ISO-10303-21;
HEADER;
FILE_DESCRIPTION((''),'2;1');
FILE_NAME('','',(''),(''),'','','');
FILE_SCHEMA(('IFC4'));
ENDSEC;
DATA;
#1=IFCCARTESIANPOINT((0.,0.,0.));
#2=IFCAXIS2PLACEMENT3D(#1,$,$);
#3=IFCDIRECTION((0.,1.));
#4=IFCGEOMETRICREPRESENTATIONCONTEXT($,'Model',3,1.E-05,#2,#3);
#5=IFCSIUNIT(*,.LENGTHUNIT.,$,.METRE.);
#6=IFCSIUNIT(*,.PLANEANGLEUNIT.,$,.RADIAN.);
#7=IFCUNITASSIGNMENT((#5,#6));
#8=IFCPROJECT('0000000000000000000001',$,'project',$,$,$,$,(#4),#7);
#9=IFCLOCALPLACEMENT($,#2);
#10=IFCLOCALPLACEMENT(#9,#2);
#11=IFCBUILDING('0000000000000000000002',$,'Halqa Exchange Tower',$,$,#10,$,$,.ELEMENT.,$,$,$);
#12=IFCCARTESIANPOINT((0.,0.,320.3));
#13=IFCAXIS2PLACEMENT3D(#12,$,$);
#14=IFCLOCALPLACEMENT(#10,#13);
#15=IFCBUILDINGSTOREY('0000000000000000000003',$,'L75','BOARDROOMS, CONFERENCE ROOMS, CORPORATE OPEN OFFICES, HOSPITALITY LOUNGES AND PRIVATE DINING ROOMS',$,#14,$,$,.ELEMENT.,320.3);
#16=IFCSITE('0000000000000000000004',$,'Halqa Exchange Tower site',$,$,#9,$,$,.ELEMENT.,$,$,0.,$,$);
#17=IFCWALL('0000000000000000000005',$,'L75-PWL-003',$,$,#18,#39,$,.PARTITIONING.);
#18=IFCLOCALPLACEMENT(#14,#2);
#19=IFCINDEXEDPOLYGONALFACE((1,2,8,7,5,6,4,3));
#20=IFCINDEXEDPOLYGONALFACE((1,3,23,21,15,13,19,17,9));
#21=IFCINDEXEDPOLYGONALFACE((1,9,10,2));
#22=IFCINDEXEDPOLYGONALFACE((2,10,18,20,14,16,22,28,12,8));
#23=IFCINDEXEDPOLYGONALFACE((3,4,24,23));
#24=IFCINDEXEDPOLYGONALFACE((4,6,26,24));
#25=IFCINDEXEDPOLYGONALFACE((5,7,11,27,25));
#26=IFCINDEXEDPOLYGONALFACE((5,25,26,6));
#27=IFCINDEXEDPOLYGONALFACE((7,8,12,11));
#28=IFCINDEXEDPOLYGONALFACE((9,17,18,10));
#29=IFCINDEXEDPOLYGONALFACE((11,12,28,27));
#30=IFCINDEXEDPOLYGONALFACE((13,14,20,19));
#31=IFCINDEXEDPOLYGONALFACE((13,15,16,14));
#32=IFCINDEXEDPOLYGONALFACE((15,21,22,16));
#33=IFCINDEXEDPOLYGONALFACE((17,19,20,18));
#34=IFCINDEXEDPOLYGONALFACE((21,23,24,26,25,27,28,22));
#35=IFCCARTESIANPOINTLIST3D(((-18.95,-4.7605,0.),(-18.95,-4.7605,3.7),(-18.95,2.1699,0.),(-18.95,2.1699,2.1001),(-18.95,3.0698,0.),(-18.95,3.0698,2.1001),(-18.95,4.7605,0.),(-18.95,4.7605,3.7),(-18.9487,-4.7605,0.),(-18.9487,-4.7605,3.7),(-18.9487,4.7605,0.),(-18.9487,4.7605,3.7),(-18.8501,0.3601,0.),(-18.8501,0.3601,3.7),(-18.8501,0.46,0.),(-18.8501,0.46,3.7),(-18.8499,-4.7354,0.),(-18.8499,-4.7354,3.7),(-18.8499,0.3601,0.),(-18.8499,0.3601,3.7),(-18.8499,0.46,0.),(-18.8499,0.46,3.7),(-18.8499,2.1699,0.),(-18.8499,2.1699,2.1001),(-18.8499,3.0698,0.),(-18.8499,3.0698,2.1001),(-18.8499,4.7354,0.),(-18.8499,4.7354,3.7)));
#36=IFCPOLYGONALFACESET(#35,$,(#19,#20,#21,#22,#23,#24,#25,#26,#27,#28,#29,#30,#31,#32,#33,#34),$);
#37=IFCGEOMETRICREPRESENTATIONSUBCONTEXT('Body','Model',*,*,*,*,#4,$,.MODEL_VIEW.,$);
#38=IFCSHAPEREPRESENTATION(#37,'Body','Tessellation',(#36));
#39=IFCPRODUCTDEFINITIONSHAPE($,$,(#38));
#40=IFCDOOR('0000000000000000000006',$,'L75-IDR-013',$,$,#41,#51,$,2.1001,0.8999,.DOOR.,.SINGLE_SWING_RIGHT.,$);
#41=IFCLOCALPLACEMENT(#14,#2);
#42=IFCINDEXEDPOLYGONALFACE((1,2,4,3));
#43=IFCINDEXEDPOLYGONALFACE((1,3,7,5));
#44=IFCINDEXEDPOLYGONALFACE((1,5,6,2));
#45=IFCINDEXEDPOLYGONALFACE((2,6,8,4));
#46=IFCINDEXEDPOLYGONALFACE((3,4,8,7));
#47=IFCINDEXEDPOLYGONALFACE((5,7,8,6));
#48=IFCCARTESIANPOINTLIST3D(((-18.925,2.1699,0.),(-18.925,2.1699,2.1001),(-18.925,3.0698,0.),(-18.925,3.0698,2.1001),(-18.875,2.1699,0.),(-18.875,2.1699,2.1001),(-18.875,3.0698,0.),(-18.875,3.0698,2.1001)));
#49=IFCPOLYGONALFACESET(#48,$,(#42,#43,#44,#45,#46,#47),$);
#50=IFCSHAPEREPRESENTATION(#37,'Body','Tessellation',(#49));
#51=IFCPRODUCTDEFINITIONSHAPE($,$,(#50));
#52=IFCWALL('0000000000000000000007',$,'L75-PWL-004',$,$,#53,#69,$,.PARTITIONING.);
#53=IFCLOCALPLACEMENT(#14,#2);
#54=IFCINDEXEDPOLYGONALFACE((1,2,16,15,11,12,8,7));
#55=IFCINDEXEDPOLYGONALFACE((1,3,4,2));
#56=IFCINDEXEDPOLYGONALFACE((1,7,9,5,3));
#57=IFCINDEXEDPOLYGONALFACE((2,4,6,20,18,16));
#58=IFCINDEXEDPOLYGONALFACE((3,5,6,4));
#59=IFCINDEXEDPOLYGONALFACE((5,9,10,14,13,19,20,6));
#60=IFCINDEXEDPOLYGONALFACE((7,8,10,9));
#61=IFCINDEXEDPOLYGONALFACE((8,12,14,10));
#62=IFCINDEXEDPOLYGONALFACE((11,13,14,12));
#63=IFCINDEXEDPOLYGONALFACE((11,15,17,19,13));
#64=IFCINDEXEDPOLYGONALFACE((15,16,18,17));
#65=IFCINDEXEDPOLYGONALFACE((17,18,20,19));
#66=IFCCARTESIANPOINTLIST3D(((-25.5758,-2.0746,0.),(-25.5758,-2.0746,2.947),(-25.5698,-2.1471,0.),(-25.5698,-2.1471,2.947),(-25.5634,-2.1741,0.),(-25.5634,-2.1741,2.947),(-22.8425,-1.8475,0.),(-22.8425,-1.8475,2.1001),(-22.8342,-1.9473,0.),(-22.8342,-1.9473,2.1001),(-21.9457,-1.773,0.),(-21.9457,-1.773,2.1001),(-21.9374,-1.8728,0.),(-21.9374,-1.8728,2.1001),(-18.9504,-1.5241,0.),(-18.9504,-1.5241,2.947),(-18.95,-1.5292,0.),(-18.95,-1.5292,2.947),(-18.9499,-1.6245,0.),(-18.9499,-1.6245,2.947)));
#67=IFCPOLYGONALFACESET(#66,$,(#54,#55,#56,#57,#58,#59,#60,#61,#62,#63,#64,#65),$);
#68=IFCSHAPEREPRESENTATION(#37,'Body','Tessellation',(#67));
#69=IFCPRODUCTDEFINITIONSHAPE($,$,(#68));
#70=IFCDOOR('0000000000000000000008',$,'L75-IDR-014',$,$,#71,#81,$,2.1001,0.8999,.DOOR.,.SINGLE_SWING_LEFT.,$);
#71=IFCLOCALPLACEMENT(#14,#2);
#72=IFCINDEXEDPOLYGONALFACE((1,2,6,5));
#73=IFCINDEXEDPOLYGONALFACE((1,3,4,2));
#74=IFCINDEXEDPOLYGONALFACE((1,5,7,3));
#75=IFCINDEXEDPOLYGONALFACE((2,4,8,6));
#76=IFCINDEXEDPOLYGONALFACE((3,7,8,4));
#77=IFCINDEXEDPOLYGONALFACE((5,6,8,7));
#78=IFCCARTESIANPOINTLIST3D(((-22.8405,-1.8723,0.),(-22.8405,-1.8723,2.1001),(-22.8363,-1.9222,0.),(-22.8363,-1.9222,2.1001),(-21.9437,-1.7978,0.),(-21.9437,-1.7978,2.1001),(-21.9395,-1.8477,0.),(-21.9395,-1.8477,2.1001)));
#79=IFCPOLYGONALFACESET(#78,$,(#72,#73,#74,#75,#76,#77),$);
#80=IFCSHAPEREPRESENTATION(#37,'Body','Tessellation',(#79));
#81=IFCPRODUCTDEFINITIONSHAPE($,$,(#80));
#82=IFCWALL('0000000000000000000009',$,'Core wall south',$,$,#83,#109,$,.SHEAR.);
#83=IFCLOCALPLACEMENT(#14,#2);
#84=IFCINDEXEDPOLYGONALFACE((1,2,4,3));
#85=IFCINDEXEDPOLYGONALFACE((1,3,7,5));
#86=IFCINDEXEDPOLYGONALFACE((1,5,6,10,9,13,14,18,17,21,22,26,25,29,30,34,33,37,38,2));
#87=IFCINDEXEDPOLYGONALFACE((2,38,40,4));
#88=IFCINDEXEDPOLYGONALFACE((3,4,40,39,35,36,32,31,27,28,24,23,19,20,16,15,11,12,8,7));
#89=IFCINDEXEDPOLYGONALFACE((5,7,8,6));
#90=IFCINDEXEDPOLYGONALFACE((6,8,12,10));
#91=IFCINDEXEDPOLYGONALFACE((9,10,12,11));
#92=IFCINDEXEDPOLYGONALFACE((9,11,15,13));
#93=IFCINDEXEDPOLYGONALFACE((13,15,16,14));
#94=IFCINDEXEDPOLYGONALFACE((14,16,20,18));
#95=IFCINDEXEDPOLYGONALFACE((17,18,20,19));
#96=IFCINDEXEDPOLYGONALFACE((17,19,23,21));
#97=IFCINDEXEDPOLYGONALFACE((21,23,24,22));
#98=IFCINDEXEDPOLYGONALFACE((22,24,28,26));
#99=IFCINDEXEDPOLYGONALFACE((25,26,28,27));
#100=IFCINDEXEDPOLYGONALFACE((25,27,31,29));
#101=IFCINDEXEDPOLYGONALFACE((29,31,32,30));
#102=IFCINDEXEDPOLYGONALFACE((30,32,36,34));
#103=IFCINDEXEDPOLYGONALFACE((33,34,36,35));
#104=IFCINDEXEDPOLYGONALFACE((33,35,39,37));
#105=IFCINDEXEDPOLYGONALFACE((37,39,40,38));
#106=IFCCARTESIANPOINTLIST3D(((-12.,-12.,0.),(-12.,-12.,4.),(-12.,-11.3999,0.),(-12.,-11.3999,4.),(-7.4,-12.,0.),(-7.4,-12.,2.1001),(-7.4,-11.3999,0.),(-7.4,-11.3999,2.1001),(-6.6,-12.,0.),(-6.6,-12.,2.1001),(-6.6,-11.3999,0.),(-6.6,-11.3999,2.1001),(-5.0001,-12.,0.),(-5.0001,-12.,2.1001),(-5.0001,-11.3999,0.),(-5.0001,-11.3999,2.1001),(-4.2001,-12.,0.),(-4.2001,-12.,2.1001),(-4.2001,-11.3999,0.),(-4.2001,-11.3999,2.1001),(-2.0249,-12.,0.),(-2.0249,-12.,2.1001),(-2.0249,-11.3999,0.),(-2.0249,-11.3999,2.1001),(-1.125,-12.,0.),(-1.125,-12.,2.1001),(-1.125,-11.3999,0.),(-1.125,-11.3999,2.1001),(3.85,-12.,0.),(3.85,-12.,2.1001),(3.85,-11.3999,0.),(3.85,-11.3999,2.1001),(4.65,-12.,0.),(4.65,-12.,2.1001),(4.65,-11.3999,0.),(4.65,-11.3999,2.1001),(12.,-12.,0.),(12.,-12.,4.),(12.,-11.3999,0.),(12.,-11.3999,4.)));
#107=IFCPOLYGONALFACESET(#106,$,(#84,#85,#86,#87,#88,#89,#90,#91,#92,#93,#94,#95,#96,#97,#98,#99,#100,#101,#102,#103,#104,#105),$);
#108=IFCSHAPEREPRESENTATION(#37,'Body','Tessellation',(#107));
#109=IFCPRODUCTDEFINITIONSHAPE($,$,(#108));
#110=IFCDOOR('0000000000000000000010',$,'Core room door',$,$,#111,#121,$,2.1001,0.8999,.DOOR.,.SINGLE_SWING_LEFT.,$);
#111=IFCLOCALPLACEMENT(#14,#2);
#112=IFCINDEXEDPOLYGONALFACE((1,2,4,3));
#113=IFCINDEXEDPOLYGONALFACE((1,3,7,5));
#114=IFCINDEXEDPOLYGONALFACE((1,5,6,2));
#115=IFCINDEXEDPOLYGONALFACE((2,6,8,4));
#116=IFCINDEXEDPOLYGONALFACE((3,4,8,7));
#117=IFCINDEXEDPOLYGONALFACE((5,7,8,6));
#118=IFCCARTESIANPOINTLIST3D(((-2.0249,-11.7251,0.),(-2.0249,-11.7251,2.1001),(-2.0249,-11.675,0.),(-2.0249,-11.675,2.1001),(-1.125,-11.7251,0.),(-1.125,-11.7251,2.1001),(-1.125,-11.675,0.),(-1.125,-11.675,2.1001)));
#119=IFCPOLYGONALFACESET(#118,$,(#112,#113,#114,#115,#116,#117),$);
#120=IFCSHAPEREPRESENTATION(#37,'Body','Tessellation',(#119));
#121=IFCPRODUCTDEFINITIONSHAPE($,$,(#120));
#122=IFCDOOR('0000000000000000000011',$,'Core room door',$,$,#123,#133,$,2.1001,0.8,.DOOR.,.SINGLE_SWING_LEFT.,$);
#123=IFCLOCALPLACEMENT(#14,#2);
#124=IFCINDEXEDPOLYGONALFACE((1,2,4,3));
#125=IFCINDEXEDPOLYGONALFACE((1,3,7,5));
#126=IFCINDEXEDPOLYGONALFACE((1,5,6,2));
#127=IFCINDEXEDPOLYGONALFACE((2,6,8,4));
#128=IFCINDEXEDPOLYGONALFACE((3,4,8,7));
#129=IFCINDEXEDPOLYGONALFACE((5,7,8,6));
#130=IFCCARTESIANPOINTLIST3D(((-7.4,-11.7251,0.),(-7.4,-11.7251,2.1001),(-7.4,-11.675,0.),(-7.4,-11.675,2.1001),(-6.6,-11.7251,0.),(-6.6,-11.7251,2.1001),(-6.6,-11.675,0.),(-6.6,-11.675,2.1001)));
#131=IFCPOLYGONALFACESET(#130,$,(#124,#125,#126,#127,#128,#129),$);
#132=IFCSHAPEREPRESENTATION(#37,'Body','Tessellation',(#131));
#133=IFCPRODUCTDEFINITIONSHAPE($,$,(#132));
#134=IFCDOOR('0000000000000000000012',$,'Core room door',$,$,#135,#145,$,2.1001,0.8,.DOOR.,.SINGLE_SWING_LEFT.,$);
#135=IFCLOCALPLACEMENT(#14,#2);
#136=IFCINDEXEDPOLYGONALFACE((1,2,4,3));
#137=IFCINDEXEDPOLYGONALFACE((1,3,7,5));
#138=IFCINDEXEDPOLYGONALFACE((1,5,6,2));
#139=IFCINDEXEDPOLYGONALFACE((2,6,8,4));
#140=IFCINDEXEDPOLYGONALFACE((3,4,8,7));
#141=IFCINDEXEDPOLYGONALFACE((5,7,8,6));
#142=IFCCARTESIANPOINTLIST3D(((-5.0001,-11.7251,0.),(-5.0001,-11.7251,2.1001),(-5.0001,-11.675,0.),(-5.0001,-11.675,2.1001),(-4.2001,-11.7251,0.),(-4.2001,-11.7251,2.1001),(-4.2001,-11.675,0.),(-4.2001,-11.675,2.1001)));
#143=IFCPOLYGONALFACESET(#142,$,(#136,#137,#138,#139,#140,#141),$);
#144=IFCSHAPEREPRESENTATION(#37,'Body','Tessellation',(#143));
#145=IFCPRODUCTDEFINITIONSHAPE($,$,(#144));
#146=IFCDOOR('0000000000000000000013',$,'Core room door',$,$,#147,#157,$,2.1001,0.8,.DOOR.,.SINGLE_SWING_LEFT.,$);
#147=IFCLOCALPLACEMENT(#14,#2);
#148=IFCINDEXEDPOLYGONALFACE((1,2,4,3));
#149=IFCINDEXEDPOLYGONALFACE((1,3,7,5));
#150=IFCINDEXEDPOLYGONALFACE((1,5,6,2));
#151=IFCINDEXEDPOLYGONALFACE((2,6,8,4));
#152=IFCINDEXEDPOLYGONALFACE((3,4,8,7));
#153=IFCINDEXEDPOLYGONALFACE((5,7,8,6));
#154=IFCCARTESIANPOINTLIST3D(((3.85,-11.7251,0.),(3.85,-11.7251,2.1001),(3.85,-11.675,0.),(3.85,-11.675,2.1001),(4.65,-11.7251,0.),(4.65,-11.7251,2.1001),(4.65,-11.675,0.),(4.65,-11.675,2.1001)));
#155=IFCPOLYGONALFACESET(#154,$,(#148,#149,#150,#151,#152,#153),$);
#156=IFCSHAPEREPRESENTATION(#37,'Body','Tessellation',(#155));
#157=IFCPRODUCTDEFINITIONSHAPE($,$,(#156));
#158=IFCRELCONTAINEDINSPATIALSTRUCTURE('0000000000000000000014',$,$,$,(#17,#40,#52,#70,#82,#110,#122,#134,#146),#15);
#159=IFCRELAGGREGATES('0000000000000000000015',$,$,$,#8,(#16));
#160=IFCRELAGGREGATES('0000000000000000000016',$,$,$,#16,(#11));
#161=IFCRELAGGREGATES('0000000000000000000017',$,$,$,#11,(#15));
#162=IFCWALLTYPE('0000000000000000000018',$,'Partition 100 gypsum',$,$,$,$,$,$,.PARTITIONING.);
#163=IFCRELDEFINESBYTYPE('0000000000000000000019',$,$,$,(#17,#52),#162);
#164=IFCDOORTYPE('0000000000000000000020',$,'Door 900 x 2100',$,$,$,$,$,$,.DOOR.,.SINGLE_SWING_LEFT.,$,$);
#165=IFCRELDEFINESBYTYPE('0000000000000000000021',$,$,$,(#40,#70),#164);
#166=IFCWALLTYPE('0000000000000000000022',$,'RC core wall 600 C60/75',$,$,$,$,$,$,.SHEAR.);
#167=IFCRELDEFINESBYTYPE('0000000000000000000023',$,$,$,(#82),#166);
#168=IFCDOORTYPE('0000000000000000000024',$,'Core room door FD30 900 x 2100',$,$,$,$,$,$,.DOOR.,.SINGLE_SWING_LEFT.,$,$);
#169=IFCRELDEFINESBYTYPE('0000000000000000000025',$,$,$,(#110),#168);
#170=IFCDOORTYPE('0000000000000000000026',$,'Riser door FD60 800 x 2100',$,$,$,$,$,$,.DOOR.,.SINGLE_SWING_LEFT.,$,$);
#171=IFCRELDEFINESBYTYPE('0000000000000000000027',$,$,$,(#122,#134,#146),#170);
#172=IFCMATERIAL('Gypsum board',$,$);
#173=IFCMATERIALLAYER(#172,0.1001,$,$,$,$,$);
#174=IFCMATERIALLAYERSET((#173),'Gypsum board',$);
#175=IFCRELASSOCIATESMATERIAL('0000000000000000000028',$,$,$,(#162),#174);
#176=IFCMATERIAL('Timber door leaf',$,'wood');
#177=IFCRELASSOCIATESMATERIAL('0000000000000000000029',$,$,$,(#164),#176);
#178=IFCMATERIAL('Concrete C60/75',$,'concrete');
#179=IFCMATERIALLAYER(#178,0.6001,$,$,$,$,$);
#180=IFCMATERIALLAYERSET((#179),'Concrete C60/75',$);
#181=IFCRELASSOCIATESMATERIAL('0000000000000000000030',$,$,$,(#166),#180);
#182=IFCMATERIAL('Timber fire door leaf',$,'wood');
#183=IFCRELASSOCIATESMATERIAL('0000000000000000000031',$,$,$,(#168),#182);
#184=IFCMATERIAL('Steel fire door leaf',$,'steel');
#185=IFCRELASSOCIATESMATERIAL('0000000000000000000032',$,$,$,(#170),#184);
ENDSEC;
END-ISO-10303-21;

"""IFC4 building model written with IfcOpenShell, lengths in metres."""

from ifc_helpers import new_model, si_unit, direction, frame, frame_2d, origin, place, context, subcontext, project, spatial, polyline, rectangle, outline, extrude, material, layer, layer_set, type_object, element, fill, save


model = new_model("IFC4")

# Units and contexts
model_context = context("Model", 3, precision=1e-05, world=origin(), true_north=direction((0.0, 1.0)))
body_context = subcontext(model_context, "Body", "Model", "MODEL_VIEW")
ifc_project = project(units=[si_unit("LENGTHUNIT", "METRE"), si_unit("PLANEANGLEUNIT", "RADIAN")], contexts=[model_context])

# Site, building, storey
site_placement = place(None, origin())
site = spatial("IfcSite", under=ifc_project, at=site_placement, Name="Halqa Exchange Tower site", CompositionType="ELEMENT", RefElevation=0.0)
building_placement = place(site_placement, origin())
building = spatial("IfcBuilding", under=site, at=building_placement, Name="Halqa Exchange Tower", CompositionType="ELEMENT")
storey_placement = place(building_placement, frame((0.0, 0.0, 320.3)))
storey = spatial("IfcBuildingStorey", under=building, at=storey_placement, Name="L75", Description="BOARDROOMS, CONFERENCE ROOMS, CORPORATE OPEN OFFICES, HOSPITALITY LOUNGES AND PRIVATE DINING ROOMS", CompositionType="ELEMENT", Elevation=320.3)

# Shared definitions
ifc_material_1 = material(Name="Concrete C60/75", Category="concrete")

# Walls, openings, doors
ifc_material_2 = material(Name="Gypsum board")
ifc_layer_1 = layer(ifc_material_2, 0.1001)
ifc_layer_set_1 = layer_set([ifc_layer_1], Name="Gypsum board")
wall_type_1 = type_object("IfcWallType", Name="Partition 100 gypsum", PredefinedType="PARTITIONING", material=ifc_layer_set_1)
wall_1_placement = place(storey_placement, frame((-18.8999, -4.7605, 0.0), z_axis=(0.0, 0.0, 1.0), x_axis=(0.0, 1.0, 0.0)))
wall_1 = element("IfcWall", 1, at=wall_1_placement, inside=storey, type_object=wall_type_1, Name="L75-PWL-003", PredefinedType="PARTITIONING", context=body_context, shape_type="SweptSolid", body=[
    extrude(outline(polyline([(0.0251, -0.05), (1.7236, -0.05), (3.4221, -0.05), (5.1206, -0.05), (5.1206, -0.0498), (5.2205, -0.0498), (5.2205, -0.05), (6.6455, -0.05), (8.0708, -0.05), (9.4958, -0.05), (9.521, 0.0488), (9.521, 0.05), (7.6167, 0.05), (5.7126, 0.05), (3.8083, 0.05), (1.9043, 0.05), (0.0, 0.05), (0.0, 0.0488), (0.0251, -0.05)])), origin(), (0.0, 0.0, 1.0), 3.7),
])
opening_1_placement = place(wall_1_placement, frame((6.9304, 0.0, 0.0)))
opening_1 = element("IfcOpeningElement", 2, at=opening_1_placement, cuts=wall_1, PredefinedType="OPENING", context=body_context, shape_type="SweptSolid", body=[
    extrude(rectangle(XDim=0.8999, YDim=2.1001, at=frame_2d((0.45, 1.05))), frame((0.0, 0.062, 0.0), z_axis=(0.0, -1.0, 0.0), x_axis=(1.0, 0.0, 0.0)), (0.0, 0.0, 1.0), 0.124),
])
ifc_material_3 = material(Name="Timber door leaf", Category="wood")
door_type_1 = type_object("IfcDoorType", Name="Door 900 x 2100", OperationType="SINGLE_SWING_LEFT", PredefinedType="DOOR", material=ifc_material_3)
door_1_placement = place(opening_1_placement, frame((0.8999, 0.0, 0.0), z_axis=(0.0, 0.0, 1.0), x_axis=(-1.0, 0.0, 0.0)))
door_1 = element("IfcDoor", 3, at=door_1_placement, inside=storey, type_object=door_type_1, Name="L75-IDR-013", OperationType="SINGLE_SWING_RIGHT", OverallHeight=2.1001, OverallWidth=0.8999, PredefinedType="DOOR", context=body_context, shape_type="SweptSolid", body=[
    extrude(rectangle(XDim=0.8999, YDim=2.1001, at=frame_2d((0.45, 1.05))), frame((0.0, 0.0249, 0.0), z_axis=(0.0, -1.0, 0.0), x_axis=(1.0, 0.0, 0.0)), (0.0, 0.0, 1.0), 0.05),
])
fill(opening_1, door_1)
wall_2_placement = place(storey_placement, frame((-18.9463, -1.574, 0.0), z_axis=(0.0, 0.0, 1.0), x_axis=(-0.996565, -0.082811, 0.0)))
wall_2 = element("IfcWall", 4, at=wall_2_placement, inside=storey, type_object=wall_type_1, Name="L75-PWL-004", PredefinedType="PARTITIONING", context=body_context, shape_type="SweptSolid", body=[
    extrude(outline(polyline([(6.6482, -0.05), (6.6482, 0.0227), (6.644, 0.05), (4.9851, 0.05), (3.3259, 0.05), (1.667, 0.05), (0.0078, 0.05), (0.0, -0.0449), (0.0, -0.05), (1.6621, -0.05), (3.3242, -0.05), (4.9861, -0.05), (6.6482, -0.05)])), origin(), (0.0, 0.0, 1.0), 2.947),
])
opening_2_placement = place(wall_2_placement, frame((3.0056, 0.0, 0.0)))
opening_2 = element("IfcOpeningElement", 5, at=opening_2_placement, cuts=wall_2, PredefinedType="OPENING", context=body_context, shape_type="SweptSolid", body=[
    extrude(rectangle(XDim=0.8999, YDim=2.1001, at=frame_2d((0.45, 1.05))), frame((0.0, 0.062, 0.0), z_axis=(0.0, -1.0, 0.0), x_axis=(1.0, 0.0, 0.0)), (0.0, 0.0, 1.0), 0.124),
])
door_2_placement = place(opening_2_placement, origin())
door_2 = element("IfcDoor", 6, at=door_2_placement, inside=storey, type_object=door_type_1, Name="L75-IDR-014", OperationType="SINGLE_SWING_LEFT", OverallHeight=2.1001, OverallWidth=0.8999, PredefinedType="DOOR", context=body_context, shape_type="SweptSolid", body=[
    extrude(rectangle(XDim=0.8999, YDim=2.1001, at=frame_2d((0.45, 1.05))), frame((0.0, 0.0249, 0.0), z_axis=(0.0, -1.0, 0.0), x_axis=(1.0, 0.0, 0.0)), (0.0, 0.0, 1.0), 0.05),
])
fill(opening_2, door_2)

# Wall, openings, doors
ifc_layer_2 = layer(ifc_material_1, 0.6001)
ifc_layer_set_2 = layer_set([ifc_layer_2], Name="Concrete C60/75")
wall_type_2 = type_object("IfcWallType", Name="RC core wall 600 C60/75", PredefinedType="SHEAR", material=ifc_layer_set_2)
wall_3_placement = place(storey_placement, frame((-12.0, -11.7, 0.0), z_axis=(0.0, 0.0, 1.0), x_axis=(1.0, 0.0, 0.0)))
wall_3 = element("IfcWall", 7, at=wall_3_placement, inside=storey, type_object=wall_type_2, Name="Core wall south", PredefinedType="SHEAR", context=body_context, shape_type="SweptSolid", body=[
    extrude(rectangle(XDim=24.0, YDim=0.6001, at=frame_2d((12.0, 0.0))), origin(), (0.0, 0.0, 1.0), 4.0),
])
opening_3_placement = place(wall_3_placement, frame((9.9751, 0.0, 0.0)))
opening_3 = element("IfcOpeningElement", 8, at=opening_3_placement, cuts=wall_3, PredefinedType="OPENING", context=body_context, shape_type="SweptSolid", body=[
    extrude(rectangle(XDim=0.8999, YDim=2.1001, at=frame_2d((0.45, 1.05))), frame((0.0, 0.312, 0.0), z_axis=(0.0, -1.0, 0.0), x_axis=(1.0, 0.0, 0.0)), (0.0, 0.0, 1.0), 0.624),
])
opening_4_placement = place(wall_3_placement, frame((4.6001, 0.0, 0.0)))
opening_4 = element("IfcOpeningElement", 9, at=opening_4_placement, cuts=wall_3, PredefinedType="OPENING", context=body_context, shape_type="SweptSolid", body=[
    extrude(rectangle(XDim=0.8, YDim=2.1001, at=frame_2d((0.3999, 1.05))), frame((0.0, 0.312, 0.0), z_axis=(0.0, -1.0, 0.0), x_axis=(1.0, 0.0, 0.0)), (0.0, 0.0, 1.0), 0.624),
])
opening_5_placement = place(wall_3_placement, frame((7.0, 0.0, 0.0)))
opening_5 = element("IfcOpeningElement", 10, at=opening_5_placement, cuts=wall_3, PredefinedType="OPENING", context=body_context, shape_type="SweptSolid", body=[
    extrude(rectangle(XDim=0.8, YDim=2.1001, at=frame_2d((0.3999, 1.05))), frame((0.0, 0.312, 0.0), z_axis=(0.0, -1.0, 0.0), x_axis=(1.0, 0.0, 0.0)), (0.0, 0.0, 1.0), 0.624),
])
opening_6_placement = place(wall_3_placement, frame((15.8501, 0.0, 0.0)))
opening_6 = element("IfcOpeningElement", 11, at=opening_6_placement, cuts=wall_3, PredefinedType="OPENING", context=body_context, shape_type="SweptSolid", body=[
    extrude(rectangle(XDim=0.8, YDim=2.1001, at=frame_2d((0.3999, 1.05))), frame((0.0, 0.312, 0.0), z_axis=(0.0, -1.0, 0.0), x_axis=(1.0, 0.0, 0.0)), (0.0, 0.0, 1.0), 0.624),
])
ifc_material_4 = material(Name="Timber fire door leaf", Category="wood")
door_type_2 = type_object("IfcDoorType", Name="Core room door FD30 900 x 2100", OperationType="SINGLE_SWING_LEFT", PredefinedType="DOOR", material=ifc_material_4)
door_3_placement = place(opening_3_placement, origin())
door_3 = element("IfcDoor", 12, at=door_3_placement, inside=storey, type_object=door_type_2, Name="Core room door", OperationType="SINGLE_SWING_LEFT", OverallHeight=2.1001, OverallWidth=0.8999, PredefinedType="DOOR", context=body_context, shape_type="SweptSolid", body=[
    extrude(rectangle(XDim=0.8999, YDim=2.1001, at=frame_2d((0.45, 1.05))), frame((0.0, 0.0249, 0.0), z_axis=(0.0, -1.0, 0.0), x_axis=(1.0, 0.0, 0.0)), (0.0, 0.0, 1.0), 0.05),
])
fill(opening_3, door_3)
ifc_material_5 = material(Name="Steel fire door leaf", Category="steel")
door_type_3 = type_object("IfcDoorType", Name="Riser door FD60 800 x 2100", OperationType="SINGLE_SWING_LEFT", PredefinedType="DOOR", material=ifc_material_5)
door_4_placement = place(opening_4_placement, origin())
door_4 = element("IfcDoor", 13, at=door_4_placement, inside=storey, type_object=door_type_3, Name="Core room door", OperationType="SINGLE_SWING_LEFT", OverallHeight=2.1001, OverallWidth=0.8, PredefinedType="DOOR", context=body_context, shape_type="SweptSolid", body=[
    extrude(rectangle(XDim=0.8, YDim=2.1001, at=frame_2d((0.3999, 1.05))), frame((0.0, 0.0249, 0.0), z_axis=(0.0, -1.0, 0.0), x_axis=(1.0, 0.0, 0.0)), (0.0, 0.0, 1.0), 0.05),
])
fill(opening_4, door_4)
door_5_placement = place(opening_5_placement, origin())
door_5 = element("IfcDoor", 14, at=door_5_placement, inside=storey, type_object=door_type_3, Name="Core room door", OperationType="SINGLE_SWING_LEFT", OverallHeight=2.1001, OverallWidth=0.8, PredefinedType="DOOR", context=body_context, shape_type="SweptSolid", body=[
    extrude(rectangle(XDim=0.8, YDim=2.1001, at=frame_2d((0.3999, 1.05))), frame((0.0, 0.0249, 0.0), z_axis=(0.0, -1.0, 0.0), x_axis=(1.0, 0.0, 0.0)), (0.0, 0.0, 1.0), 0.05),
])
fill(opening_5, door_5)
door_6_placement = place(opening_6_placement, origin())
door_6 = element("IfcDoor", 15, at=door_6_placement, inside=storey, type_object=door_type_3, Name="Core room door", OperationType="SINGLE_SWING_LEFT", OverallHeight=2.1001, OverallWidth=0.8, PredefinedType="DOOR", context=body_context, shape_type="SweptSolid", body=[
    extrude(rectangle(XDim=0.8, YDim=2.1001, at=frame_2d((0.3999, 1.05))), frame((0.0, 0.0249, 0.0), z_axis=(0.0, -1.0, 0.0), x_axis=(1.0, 0.0, 0.0)), (0.0, 0.0, 1.0), 0.05),
])
fill(opening_6, door_6)

save(model, "model.ifc")
